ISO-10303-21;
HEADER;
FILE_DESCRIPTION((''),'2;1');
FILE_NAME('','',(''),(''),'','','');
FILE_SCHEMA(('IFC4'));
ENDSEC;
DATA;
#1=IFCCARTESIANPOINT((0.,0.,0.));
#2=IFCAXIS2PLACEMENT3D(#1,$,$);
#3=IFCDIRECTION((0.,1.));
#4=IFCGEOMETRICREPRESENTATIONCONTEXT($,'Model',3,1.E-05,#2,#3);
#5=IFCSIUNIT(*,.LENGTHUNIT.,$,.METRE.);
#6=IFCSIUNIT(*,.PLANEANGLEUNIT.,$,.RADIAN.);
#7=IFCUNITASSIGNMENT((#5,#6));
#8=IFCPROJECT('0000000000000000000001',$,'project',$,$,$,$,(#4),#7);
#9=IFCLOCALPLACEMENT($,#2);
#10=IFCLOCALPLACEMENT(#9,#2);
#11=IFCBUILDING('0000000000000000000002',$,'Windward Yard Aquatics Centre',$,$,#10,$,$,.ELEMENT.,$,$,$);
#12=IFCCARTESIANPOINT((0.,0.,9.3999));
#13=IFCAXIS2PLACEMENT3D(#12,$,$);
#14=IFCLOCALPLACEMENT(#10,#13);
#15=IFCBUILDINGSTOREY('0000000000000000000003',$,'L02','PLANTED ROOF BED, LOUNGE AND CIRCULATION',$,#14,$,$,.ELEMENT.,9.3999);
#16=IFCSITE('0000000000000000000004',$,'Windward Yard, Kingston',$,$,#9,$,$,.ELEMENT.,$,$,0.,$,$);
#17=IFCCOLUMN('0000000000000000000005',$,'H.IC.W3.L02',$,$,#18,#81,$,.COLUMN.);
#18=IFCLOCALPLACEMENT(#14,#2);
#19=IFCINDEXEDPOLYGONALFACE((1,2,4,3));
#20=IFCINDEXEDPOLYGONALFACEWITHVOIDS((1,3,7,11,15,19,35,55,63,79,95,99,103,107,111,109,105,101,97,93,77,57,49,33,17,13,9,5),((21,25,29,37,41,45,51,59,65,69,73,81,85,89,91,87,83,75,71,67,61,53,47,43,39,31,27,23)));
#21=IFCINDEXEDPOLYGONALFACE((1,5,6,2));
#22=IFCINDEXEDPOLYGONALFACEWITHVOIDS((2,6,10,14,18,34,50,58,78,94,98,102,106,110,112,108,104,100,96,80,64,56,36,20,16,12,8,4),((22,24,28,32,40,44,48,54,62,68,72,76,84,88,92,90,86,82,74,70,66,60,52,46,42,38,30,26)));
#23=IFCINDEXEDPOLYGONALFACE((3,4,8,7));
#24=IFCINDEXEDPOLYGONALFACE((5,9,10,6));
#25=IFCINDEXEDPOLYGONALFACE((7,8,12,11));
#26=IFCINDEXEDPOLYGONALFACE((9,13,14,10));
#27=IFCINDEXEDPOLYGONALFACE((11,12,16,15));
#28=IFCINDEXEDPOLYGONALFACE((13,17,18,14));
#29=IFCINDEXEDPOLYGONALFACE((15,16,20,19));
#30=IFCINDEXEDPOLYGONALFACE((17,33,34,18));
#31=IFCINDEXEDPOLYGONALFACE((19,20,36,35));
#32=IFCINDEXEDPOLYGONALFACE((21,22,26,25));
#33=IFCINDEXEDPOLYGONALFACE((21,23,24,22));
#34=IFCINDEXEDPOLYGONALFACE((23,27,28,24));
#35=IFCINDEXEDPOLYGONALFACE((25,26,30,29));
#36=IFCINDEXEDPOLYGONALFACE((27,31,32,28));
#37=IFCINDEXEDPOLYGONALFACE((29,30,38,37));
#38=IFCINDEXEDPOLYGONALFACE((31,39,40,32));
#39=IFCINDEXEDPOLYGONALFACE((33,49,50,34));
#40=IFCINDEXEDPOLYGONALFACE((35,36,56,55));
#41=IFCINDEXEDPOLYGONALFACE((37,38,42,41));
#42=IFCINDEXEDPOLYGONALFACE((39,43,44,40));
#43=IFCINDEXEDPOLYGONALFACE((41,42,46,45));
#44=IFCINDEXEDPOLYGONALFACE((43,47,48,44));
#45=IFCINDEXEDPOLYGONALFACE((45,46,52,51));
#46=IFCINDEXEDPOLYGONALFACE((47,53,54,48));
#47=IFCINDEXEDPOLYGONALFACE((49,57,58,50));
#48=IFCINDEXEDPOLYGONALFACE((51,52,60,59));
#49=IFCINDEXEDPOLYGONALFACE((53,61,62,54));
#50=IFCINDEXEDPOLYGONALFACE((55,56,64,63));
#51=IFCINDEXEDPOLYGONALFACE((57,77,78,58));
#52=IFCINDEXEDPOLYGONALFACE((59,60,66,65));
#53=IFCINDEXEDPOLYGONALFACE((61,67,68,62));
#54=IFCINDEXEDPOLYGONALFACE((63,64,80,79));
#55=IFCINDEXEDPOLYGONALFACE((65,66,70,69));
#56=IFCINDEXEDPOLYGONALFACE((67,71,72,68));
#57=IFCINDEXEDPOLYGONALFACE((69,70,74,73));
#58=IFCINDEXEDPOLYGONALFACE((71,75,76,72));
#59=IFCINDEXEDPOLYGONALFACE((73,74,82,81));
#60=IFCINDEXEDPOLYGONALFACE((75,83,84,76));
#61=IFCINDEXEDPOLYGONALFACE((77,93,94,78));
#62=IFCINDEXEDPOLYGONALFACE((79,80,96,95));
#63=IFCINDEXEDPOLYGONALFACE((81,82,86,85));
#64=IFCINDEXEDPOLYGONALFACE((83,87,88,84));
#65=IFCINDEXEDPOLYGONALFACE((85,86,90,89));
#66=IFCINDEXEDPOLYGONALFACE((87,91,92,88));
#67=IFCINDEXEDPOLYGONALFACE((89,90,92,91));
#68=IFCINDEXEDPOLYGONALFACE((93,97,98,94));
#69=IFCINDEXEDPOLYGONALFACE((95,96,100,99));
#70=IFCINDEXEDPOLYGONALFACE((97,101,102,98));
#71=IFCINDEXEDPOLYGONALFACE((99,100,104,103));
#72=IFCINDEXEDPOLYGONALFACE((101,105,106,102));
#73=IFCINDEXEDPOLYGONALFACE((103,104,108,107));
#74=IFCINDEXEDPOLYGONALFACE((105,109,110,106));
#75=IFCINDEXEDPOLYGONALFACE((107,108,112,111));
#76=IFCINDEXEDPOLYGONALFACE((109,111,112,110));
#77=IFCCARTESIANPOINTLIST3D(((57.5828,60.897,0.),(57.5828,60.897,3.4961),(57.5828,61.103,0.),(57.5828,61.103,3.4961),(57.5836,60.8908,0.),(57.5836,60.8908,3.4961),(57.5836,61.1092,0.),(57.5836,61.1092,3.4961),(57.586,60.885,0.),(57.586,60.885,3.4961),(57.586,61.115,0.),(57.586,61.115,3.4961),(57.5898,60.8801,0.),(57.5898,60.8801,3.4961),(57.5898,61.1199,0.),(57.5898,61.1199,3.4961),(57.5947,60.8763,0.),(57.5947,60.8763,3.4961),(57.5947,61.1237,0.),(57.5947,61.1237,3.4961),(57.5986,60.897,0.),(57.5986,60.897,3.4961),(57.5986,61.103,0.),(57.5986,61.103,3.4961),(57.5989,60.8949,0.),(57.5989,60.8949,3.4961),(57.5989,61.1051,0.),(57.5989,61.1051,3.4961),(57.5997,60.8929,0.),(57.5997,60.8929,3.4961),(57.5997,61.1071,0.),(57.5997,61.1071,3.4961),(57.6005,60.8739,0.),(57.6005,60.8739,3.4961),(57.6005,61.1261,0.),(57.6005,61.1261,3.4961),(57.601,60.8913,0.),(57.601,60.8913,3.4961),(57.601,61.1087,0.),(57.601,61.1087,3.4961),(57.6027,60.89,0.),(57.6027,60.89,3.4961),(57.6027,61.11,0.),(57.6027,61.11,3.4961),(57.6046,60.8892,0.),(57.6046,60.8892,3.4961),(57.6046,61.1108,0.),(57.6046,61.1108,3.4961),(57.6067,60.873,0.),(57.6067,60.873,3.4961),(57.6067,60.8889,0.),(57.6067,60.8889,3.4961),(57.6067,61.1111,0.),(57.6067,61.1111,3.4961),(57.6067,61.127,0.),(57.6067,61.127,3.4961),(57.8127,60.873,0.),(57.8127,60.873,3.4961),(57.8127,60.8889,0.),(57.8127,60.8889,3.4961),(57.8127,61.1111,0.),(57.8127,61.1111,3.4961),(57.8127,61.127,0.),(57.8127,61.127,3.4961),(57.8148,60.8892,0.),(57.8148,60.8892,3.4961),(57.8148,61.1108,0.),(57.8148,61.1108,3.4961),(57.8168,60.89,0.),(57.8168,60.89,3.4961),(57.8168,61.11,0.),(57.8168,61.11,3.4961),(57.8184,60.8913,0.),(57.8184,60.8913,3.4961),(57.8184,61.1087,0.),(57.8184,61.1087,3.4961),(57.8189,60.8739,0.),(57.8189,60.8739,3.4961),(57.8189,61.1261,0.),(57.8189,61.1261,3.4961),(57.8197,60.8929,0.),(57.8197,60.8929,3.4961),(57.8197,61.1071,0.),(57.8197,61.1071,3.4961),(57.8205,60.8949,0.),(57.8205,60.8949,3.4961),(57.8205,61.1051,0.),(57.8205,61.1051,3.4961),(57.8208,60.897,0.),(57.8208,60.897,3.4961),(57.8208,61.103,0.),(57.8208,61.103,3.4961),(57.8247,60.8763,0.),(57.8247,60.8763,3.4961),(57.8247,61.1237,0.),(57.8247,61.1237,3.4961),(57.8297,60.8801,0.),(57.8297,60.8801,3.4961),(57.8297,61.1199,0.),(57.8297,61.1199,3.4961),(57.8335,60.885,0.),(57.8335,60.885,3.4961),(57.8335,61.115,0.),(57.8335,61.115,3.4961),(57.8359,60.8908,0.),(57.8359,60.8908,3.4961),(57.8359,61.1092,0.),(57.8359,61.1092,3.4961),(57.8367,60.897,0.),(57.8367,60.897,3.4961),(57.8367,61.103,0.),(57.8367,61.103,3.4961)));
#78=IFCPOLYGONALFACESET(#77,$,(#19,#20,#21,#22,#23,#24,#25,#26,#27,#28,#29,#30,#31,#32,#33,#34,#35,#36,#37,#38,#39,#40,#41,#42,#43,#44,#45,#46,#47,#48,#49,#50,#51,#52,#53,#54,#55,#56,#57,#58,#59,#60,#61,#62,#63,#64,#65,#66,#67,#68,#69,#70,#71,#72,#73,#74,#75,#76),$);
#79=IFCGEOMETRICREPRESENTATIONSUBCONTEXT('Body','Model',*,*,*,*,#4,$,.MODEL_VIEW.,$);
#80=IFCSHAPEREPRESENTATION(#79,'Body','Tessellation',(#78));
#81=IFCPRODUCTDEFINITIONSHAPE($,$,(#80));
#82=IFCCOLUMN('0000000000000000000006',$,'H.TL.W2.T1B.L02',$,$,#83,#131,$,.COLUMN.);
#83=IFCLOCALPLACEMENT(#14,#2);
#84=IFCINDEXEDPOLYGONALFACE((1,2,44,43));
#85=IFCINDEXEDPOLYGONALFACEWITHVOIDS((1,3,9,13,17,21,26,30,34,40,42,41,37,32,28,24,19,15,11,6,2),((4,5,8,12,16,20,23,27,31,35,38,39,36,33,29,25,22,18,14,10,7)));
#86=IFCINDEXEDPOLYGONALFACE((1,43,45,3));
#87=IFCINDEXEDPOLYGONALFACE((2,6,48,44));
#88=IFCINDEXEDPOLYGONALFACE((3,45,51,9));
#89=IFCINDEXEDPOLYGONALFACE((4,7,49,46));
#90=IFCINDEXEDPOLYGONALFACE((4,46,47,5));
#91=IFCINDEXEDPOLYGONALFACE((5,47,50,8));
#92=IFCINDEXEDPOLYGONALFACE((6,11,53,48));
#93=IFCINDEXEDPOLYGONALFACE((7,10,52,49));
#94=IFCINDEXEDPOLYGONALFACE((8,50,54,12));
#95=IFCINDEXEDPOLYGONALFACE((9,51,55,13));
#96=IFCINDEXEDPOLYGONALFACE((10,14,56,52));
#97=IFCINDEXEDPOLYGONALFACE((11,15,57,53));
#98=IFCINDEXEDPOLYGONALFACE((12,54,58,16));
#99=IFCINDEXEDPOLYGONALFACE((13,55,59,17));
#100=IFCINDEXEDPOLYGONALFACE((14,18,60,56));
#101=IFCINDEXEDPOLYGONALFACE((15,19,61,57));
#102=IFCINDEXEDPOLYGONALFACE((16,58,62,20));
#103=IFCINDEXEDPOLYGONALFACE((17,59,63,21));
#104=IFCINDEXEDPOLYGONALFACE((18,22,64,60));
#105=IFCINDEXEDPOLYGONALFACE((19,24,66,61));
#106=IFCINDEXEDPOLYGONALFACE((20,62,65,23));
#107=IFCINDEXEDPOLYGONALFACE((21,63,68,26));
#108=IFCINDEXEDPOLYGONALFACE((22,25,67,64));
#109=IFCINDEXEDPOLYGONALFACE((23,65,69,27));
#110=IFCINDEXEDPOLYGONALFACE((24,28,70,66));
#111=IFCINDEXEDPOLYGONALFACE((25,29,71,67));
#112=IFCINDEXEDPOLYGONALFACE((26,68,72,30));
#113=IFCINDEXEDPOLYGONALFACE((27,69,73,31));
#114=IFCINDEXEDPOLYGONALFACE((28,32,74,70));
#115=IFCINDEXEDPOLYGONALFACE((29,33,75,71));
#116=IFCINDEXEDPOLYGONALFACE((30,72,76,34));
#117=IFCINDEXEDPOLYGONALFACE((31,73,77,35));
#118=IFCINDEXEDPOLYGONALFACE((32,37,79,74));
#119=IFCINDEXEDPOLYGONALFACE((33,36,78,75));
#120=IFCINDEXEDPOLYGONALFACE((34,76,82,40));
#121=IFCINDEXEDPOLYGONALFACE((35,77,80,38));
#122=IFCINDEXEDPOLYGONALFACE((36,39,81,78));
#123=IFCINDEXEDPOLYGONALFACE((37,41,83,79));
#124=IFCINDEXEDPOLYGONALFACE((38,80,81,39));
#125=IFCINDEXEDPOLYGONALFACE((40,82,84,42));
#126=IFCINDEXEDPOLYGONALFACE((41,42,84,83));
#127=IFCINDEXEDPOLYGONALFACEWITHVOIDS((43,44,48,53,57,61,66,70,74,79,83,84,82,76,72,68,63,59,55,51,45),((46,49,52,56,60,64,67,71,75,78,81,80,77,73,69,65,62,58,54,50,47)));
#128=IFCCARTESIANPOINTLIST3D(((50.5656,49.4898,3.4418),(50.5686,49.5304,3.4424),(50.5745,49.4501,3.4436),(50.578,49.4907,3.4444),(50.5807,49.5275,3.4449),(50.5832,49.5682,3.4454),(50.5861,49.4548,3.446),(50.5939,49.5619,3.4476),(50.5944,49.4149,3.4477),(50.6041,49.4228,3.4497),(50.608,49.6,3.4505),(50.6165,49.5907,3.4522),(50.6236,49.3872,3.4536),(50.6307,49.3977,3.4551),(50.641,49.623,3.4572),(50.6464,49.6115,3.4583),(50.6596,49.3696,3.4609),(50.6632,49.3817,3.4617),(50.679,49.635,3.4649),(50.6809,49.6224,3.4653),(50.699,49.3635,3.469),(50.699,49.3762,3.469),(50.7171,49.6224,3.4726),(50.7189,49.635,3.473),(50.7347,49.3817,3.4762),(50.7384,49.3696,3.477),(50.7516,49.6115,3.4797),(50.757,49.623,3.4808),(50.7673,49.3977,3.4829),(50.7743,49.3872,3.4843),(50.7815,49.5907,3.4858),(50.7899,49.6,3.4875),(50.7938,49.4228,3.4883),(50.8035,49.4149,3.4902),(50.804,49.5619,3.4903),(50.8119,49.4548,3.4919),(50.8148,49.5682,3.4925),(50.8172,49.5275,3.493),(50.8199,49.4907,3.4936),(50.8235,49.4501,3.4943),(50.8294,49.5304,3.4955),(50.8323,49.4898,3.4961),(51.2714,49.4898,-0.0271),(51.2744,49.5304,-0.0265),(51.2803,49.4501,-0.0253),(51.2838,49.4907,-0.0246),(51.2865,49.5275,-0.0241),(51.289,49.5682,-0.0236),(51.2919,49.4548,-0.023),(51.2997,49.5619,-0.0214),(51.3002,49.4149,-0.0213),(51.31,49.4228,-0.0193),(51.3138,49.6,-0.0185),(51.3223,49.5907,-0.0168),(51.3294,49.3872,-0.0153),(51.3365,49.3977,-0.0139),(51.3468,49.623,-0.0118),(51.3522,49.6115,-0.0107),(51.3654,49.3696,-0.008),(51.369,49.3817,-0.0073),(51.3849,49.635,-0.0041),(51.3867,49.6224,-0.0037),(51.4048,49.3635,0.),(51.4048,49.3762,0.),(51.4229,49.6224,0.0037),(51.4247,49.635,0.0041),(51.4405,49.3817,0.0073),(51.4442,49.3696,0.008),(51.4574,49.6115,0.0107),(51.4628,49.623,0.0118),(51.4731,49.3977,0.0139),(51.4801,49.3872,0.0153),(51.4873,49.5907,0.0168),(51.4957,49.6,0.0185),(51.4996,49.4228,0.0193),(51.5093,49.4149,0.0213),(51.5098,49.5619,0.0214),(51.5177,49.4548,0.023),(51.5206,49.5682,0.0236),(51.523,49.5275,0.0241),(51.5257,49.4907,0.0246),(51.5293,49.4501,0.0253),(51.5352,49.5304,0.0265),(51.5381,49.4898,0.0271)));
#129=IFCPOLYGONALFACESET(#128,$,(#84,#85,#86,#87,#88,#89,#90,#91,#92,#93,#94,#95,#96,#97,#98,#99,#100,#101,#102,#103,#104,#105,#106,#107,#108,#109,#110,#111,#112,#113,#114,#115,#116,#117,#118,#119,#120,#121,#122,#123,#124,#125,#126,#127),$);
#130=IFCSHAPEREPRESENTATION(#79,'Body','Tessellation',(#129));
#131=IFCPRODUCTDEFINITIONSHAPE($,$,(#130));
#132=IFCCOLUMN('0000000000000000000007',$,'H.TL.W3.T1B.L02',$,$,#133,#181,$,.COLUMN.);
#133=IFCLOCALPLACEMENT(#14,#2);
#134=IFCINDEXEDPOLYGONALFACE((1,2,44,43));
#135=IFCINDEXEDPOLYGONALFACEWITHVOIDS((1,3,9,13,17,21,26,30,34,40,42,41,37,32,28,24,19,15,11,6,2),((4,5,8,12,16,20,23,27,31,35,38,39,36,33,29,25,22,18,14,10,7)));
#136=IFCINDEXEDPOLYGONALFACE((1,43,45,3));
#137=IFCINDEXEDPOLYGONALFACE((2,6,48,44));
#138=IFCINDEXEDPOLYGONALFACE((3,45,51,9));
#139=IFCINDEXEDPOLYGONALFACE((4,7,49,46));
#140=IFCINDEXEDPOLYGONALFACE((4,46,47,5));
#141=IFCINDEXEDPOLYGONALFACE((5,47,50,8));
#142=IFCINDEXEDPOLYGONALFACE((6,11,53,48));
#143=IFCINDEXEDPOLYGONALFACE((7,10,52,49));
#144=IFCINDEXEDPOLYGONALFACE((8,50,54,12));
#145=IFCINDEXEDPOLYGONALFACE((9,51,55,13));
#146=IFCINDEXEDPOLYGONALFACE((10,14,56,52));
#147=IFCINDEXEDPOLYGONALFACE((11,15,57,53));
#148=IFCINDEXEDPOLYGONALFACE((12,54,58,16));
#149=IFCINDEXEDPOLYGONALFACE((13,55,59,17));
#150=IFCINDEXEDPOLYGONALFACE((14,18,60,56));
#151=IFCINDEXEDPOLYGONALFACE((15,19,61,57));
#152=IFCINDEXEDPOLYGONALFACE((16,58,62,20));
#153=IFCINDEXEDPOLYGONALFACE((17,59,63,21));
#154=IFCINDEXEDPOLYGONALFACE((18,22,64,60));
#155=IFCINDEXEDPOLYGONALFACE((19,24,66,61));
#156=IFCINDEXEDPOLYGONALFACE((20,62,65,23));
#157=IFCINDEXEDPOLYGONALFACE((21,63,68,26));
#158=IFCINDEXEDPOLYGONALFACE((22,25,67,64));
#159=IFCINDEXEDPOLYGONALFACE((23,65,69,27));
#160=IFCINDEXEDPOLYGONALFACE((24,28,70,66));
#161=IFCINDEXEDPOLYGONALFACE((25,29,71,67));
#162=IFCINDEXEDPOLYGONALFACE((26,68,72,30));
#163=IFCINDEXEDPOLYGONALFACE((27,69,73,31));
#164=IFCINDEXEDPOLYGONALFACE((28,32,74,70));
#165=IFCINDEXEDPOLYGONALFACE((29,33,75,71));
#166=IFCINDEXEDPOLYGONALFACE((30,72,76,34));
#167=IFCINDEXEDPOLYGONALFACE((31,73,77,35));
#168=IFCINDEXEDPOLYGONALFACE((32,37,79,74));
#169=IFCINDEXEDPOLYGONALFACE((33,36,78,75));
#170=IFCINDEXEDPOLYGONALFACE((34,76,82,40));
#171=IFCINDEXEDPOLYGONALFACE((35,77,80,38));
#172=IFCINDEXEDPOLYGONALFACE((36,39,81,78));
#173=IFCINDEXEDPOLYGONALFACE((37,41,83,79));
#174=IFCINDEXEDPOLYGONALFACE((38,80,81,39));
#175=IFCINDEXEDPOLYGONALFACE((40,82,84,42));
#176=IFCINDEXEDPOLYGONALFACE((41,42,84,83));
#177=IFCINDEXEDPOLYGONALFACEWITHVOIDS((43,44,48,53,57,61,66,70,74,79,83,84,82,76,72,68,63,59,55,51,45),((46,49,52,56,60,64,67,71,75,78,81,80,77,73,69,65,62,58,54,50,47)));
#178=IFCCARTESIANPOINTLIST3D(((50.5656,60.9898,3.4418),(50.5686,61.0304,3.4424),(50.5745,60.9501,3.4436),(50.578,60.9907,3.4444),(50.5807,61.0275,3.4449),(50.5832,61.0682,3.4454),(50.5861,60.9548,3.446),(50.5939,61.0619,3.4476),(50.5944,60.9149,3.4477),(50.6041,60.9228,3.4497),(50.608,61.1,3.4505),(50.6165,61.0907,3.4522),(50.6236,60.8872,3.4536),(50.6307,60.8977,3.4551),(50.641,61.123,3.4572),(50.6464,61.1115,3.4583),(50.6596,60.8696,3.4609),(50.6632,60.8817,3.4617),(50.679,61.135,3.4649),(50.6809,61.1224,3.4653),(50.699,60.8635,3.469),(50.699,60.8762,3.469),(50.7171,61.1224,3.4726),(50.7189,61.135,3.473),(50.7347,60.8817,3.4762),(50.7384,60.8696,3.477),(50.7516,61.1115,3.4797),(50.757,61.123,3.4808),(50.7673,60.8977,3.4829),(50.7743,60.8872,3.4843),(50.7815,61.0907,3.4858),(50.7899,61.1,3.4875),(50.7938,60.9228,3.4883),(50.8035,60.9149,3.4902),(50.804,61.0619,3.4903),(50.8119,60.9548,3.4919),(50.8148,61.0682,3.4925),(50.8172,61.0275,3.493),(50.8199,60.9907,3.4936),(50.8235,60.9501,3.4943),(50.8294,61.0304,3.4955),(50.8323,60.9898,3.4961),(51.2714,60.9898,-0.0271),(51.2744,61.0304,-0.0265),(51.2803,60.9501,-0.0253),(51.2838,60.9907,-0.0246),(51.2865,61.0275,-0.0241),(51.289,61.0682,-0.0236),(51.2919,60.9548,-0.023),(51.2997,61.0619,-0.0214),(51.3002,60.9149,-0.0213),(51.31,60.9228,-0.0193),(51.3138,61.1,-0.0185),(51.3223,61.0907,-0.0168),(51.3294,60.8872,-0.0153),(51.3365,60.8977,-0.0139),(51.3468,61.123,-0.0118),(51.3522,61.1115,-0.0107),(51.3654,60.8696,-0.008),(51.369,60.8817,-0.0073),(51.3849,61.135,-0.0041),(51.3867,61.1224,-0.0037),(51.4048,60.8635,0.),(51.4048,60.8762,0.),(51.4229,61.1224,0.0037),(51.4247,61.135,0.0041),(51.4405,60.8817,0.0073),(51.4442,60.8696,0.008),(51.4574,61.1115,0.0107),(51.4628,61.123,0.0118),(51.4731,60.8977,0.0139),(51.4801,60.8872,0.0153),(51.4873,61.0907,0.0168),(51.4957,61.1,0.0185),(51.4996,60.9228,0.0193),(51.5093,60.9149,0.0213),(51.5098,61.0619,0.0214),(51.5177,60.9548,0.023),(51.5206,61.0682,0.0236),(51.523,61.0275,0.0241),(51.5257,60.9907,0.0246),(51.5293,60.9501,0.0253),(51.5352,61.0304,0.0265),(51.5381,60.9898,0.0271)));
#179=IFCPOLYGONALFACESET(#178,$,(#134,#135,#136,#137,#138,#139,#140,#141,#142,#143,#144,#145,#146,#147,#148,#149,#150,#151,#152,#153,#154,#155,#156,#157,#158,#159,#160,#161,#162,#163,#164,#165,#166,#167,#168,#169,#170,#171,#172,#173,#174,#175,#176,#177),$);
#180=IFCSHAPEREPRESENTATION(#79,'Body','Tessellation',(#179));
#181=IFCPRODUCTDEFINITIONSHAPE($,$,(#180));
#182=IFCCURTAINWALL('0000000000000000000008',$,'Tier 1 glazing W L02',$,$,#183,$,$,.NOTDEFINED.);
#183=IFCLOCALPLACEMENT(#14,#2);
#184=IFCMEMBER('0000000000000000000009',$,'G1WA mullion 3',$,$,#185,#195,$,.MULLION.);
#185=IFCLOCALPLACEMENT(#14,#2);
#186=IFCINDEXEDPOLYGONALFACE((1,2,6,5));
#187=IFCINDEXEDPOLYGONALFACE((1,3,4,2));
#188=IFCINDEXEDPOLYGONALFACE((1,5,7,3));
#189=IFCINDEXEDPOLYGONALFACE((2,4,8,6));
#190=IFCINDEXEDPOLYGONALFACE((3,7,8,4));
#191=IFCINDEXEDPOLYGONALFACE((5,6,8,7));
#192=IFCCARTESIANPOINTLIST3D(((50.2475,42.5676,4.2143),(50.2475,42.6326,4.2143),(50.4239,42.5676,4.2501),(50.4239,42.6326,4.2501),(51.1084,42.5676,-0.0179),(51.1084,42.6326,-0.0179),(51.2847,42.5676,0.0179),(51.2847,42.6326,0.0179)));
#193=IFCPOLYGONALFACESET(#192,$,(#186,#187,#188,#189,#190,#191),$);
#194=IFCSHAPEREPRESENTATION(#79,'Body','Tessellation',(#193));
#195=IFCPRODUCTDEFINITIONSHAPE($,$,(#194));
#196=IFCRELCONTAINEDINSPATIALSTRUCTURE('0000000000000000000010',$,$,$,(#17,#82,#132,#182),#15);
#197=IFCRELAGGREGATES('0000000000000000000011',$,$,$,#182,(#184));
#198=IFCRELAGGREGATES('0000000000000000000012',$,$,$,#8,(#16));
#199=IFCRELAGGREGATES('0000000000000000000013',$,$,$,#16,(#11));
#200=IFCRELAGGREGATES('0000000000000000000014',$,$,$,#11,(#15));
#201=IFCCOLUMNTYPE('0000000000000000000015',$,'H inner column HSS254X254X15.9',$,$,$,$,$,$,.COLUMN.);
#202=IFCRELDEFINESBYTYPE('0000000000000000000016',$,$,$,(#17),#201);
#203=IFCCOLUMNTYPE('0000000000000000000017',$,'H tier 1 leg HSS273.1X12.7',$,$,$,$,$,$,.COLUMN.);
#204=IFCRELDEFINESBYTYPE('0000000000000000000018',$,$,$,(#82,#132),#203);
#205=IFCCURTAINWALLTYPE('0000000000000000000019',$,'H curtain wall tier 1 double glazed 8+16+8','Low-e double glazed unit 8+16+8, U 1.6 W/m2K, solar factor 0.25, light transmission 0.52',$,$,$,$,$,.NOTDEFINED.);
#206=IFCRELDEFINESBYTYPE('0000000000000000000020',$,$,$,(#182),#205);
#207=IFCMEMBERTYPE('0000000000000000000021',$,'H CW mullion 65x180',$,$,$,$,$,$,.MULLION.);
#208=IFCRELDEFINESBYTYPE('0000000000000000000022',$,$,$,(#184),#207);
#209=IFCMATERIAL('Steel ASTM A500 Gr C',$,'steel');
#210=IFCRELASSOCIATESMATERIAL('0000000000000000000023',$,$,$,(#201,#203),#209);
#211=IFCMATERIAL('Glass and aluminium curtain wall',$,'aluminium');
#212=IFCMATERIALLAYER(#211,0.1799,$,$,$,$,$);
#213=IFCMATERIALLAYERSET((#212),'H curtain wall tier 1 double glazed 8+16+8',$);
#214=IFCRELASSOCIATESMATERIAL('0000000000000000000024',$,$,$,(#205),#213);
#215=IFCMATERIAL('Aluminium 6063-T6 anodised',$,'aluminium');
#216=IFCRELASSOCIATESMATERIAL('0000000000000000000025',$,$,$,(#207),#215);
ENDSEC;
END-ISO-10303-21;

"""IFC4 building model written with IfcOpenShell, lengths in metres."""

from ifc_helpers import new_model, si_unit, direction, frame, origin, origin_2d, place, context, subcontext, project, spatial, rectangle, hollow_rectangle, hollow_circle, extrude, material, layer, layer_set, material_profile, profile_set, type_object, element, aggregate, save


model = new_model("IFC4")

# Units and contexts
model_context = context("Model", 3, precision=1e-05, world=origin(), true_north=direction((0.0, 1.0)))
body_context = subcontext(model_context, "Body", "Model", "MODEL_VIEW")
ifc_project = project(units=[si_unit("LENGTHUNIT", "METRE"), si_unit("PLANEANGLEUNIT", "RADIAN")], contexts=[model_context])

# Site, building, storey
site_placement = place(None, origin())
site = spatial("IfcSite", under=ifc_project, at=site_placement, Name="Windward Yard, Kingston", CompositionType="ELEMENT", RefElevation=0.0)
building_placement = place(site_placement, origin())
building = spatial("IfcBuilding", under=site, at=building_placement, Name="Windward Yard Aquatics Centre", CompositionType="ELEMENT")
storey_placement = place(building_placement, frame((0.0, 0.0, 9.3999)))
storey = spatial("IfcBuildingStorey", under=building, at=storey_placement, Name="L02", Description="PLANTED ROOF BED, LOUNGE AND CIRCULATION", CompositionType="ELEMENT", Elevation=9.3999)

# Columns
ifc_material_1 = material(Name="Steel ASTM A500 Gr C", Category="steel")
ifc_material_profile_1 = material_profile(ifc_material_1, hollow_rectangle(XDim=0.2539, YDim=0.2539, WallThickness=0.0159, InnerFilletRadius=0.0081, OuterFilletRadius=0.0239, at=origin_2d()), Name="HSS254X254X15.9")
ifc_profile_set_1 = profile_set([ifc_material_profile_1], Name="Steel ASTM A500 Gr C")
column_type_1 = type_object("IfcColumnType", Name="H inner column HSS254X254X15.9", PredefinedType="COLUMN", material=ifc_profile_set_1)
for number, where, z_axis, x_axis, name in (
    (1, (57.7097, 61.0, 0.0), (0.0, 0.0, 1.0), (1.0, 0.0, 0.0), "H.IC.W3.L02"),
):
    element("IfcColumn", number, at=place(storey_placement, frame(where, z_axis=z_axis, x_axis=x_axis)), inside=storey, type_object=column_type_1, Name=name, PredefinedType="COLUMN", context=body_context, shape_type="SweptSolid", body=[
        extrude(hollow_rectangle(XDim=0.2539, YDim=0.2539, WallThickness=0.0159, InnerFilletRadius=0.0081, OuterFilletRadius=0.0239, at=origin_2d()), origin(), (0.0, 0.0, 1.0), 3.4961),
    ])
ifc_material_profile_2 = material_profile(ifc_material_1, hollow_circle(Radius=0.1365, WallThickness=0.0127, at=origin_2d()), Name="HSS273.1X12.7")
ifc_profile_set_2 = profile_set([ifc_material_profile_2], Name="Steel ASTM A500 Gr C")
column_type_2 = type_object("IfcColumnType", Name="H tier 1 leg HSS273.1X12.7", PredefinedType="COLUMN", material=ifc_profile_set_2)
for number, where, z_axis, x_axis, name in (
    (2, (51.4048, 49.5, 0.0), (-0.199378, 0.0, 0.979923), (0.0, -1.0, 0.0), "H.TL.W2.T1B.L02"),
    (3, (51.4048, 61.0, 0.0), (-0.199378, 0.0, 0.979923), (0.0, -1.0, 0.0), "H.TL.W3.T1B.L02"),
):
    element("IfcColumn", number, at=place(storey_placement, frame(where, z_axis=z_axis, x_axis=x_axis)), inside=storey, type_object=column_type_2, Name=name, PredefinedType="COLUMN", context=body_context, shape_type="SweptSolid", body=[
        extrude(hollow_circle(Radius=0.1365, WallThickness=0.0127, at=origin_2d()), origin(), (0.0, 0.0, 1.0), 3.54),
    ])

# Curtain wall, member
ifc_material_2 = material(Name="Glass and aluminium curtain wall", Category="aluminium")
ifc_layer_1 = layer(ifc_material_2, 0.1799)
ifc_layer_set_1 = layer_set([ifc_layer_1], Name="H curtain wall tier 1 double glazed 8+16+8")
curtain_wall_type = type_object("IfcCurtainWallType", Name="H curtain wall tier 1 double glazed 8+16+8", Description="Low-e double glazed unit 8+16+8, U 1.6 W/m2K, solar factor 0.25, light transmission 0.52", PredefinedType="NOTDEFINED", material=ifc_layer_set_1)
curtain_wall_placement = place(storey_placement, origin())
curtain_wall = element("IfcCurtainWall", 4, at=curtain_wall_placement, inside=storey, type_object=curtain_wall_type, Name="Tier 1 glazing W L02", PredefinedType="NOTDEFINED")
ifc_material_3 = material(Name="Aluminium 6063-T6 anodised", Category="aluminium")
ifc_material_profile_3 = material_profile(ifc_material_3, rectangle(XDim=0.0649, YDim=0.1799, at=origin_2d()), Name="H CW mullion 65x180")
ifc_profile_set_3 = profile_set([ifc_material_profile_3], Name="Aluminium 6063-T6 anodised")
member_type_1 = type_object("IfcMemberType", Name="H CW mullion 65x180", PredefinedType="MULLION", material=ifc_profile_set_3)
member_1_placement = place(storey_placement, frame((51.1965, 42.6001, 0.0), z_axis=(-0.199322, 0.0, 0.979934), x_axis=(0.0, -1.0, 0.0)))
member_1 = element("IfcMember", 5, at=member_1_placement, type_object=member_type_1, Name="G1WA mullion 3", PredefinedType="MULLION", context=body_context, shape_type="SweptSolid", body=[
    extrude(rectangle(XDim=0.0649, YDim=0.1799, at=origin_2d()), origin(), (0.0, 0.0, 1.0), 4.3188),
])
aggregate(curtain_wall, [member_1])

save(model, "model.ifc")
